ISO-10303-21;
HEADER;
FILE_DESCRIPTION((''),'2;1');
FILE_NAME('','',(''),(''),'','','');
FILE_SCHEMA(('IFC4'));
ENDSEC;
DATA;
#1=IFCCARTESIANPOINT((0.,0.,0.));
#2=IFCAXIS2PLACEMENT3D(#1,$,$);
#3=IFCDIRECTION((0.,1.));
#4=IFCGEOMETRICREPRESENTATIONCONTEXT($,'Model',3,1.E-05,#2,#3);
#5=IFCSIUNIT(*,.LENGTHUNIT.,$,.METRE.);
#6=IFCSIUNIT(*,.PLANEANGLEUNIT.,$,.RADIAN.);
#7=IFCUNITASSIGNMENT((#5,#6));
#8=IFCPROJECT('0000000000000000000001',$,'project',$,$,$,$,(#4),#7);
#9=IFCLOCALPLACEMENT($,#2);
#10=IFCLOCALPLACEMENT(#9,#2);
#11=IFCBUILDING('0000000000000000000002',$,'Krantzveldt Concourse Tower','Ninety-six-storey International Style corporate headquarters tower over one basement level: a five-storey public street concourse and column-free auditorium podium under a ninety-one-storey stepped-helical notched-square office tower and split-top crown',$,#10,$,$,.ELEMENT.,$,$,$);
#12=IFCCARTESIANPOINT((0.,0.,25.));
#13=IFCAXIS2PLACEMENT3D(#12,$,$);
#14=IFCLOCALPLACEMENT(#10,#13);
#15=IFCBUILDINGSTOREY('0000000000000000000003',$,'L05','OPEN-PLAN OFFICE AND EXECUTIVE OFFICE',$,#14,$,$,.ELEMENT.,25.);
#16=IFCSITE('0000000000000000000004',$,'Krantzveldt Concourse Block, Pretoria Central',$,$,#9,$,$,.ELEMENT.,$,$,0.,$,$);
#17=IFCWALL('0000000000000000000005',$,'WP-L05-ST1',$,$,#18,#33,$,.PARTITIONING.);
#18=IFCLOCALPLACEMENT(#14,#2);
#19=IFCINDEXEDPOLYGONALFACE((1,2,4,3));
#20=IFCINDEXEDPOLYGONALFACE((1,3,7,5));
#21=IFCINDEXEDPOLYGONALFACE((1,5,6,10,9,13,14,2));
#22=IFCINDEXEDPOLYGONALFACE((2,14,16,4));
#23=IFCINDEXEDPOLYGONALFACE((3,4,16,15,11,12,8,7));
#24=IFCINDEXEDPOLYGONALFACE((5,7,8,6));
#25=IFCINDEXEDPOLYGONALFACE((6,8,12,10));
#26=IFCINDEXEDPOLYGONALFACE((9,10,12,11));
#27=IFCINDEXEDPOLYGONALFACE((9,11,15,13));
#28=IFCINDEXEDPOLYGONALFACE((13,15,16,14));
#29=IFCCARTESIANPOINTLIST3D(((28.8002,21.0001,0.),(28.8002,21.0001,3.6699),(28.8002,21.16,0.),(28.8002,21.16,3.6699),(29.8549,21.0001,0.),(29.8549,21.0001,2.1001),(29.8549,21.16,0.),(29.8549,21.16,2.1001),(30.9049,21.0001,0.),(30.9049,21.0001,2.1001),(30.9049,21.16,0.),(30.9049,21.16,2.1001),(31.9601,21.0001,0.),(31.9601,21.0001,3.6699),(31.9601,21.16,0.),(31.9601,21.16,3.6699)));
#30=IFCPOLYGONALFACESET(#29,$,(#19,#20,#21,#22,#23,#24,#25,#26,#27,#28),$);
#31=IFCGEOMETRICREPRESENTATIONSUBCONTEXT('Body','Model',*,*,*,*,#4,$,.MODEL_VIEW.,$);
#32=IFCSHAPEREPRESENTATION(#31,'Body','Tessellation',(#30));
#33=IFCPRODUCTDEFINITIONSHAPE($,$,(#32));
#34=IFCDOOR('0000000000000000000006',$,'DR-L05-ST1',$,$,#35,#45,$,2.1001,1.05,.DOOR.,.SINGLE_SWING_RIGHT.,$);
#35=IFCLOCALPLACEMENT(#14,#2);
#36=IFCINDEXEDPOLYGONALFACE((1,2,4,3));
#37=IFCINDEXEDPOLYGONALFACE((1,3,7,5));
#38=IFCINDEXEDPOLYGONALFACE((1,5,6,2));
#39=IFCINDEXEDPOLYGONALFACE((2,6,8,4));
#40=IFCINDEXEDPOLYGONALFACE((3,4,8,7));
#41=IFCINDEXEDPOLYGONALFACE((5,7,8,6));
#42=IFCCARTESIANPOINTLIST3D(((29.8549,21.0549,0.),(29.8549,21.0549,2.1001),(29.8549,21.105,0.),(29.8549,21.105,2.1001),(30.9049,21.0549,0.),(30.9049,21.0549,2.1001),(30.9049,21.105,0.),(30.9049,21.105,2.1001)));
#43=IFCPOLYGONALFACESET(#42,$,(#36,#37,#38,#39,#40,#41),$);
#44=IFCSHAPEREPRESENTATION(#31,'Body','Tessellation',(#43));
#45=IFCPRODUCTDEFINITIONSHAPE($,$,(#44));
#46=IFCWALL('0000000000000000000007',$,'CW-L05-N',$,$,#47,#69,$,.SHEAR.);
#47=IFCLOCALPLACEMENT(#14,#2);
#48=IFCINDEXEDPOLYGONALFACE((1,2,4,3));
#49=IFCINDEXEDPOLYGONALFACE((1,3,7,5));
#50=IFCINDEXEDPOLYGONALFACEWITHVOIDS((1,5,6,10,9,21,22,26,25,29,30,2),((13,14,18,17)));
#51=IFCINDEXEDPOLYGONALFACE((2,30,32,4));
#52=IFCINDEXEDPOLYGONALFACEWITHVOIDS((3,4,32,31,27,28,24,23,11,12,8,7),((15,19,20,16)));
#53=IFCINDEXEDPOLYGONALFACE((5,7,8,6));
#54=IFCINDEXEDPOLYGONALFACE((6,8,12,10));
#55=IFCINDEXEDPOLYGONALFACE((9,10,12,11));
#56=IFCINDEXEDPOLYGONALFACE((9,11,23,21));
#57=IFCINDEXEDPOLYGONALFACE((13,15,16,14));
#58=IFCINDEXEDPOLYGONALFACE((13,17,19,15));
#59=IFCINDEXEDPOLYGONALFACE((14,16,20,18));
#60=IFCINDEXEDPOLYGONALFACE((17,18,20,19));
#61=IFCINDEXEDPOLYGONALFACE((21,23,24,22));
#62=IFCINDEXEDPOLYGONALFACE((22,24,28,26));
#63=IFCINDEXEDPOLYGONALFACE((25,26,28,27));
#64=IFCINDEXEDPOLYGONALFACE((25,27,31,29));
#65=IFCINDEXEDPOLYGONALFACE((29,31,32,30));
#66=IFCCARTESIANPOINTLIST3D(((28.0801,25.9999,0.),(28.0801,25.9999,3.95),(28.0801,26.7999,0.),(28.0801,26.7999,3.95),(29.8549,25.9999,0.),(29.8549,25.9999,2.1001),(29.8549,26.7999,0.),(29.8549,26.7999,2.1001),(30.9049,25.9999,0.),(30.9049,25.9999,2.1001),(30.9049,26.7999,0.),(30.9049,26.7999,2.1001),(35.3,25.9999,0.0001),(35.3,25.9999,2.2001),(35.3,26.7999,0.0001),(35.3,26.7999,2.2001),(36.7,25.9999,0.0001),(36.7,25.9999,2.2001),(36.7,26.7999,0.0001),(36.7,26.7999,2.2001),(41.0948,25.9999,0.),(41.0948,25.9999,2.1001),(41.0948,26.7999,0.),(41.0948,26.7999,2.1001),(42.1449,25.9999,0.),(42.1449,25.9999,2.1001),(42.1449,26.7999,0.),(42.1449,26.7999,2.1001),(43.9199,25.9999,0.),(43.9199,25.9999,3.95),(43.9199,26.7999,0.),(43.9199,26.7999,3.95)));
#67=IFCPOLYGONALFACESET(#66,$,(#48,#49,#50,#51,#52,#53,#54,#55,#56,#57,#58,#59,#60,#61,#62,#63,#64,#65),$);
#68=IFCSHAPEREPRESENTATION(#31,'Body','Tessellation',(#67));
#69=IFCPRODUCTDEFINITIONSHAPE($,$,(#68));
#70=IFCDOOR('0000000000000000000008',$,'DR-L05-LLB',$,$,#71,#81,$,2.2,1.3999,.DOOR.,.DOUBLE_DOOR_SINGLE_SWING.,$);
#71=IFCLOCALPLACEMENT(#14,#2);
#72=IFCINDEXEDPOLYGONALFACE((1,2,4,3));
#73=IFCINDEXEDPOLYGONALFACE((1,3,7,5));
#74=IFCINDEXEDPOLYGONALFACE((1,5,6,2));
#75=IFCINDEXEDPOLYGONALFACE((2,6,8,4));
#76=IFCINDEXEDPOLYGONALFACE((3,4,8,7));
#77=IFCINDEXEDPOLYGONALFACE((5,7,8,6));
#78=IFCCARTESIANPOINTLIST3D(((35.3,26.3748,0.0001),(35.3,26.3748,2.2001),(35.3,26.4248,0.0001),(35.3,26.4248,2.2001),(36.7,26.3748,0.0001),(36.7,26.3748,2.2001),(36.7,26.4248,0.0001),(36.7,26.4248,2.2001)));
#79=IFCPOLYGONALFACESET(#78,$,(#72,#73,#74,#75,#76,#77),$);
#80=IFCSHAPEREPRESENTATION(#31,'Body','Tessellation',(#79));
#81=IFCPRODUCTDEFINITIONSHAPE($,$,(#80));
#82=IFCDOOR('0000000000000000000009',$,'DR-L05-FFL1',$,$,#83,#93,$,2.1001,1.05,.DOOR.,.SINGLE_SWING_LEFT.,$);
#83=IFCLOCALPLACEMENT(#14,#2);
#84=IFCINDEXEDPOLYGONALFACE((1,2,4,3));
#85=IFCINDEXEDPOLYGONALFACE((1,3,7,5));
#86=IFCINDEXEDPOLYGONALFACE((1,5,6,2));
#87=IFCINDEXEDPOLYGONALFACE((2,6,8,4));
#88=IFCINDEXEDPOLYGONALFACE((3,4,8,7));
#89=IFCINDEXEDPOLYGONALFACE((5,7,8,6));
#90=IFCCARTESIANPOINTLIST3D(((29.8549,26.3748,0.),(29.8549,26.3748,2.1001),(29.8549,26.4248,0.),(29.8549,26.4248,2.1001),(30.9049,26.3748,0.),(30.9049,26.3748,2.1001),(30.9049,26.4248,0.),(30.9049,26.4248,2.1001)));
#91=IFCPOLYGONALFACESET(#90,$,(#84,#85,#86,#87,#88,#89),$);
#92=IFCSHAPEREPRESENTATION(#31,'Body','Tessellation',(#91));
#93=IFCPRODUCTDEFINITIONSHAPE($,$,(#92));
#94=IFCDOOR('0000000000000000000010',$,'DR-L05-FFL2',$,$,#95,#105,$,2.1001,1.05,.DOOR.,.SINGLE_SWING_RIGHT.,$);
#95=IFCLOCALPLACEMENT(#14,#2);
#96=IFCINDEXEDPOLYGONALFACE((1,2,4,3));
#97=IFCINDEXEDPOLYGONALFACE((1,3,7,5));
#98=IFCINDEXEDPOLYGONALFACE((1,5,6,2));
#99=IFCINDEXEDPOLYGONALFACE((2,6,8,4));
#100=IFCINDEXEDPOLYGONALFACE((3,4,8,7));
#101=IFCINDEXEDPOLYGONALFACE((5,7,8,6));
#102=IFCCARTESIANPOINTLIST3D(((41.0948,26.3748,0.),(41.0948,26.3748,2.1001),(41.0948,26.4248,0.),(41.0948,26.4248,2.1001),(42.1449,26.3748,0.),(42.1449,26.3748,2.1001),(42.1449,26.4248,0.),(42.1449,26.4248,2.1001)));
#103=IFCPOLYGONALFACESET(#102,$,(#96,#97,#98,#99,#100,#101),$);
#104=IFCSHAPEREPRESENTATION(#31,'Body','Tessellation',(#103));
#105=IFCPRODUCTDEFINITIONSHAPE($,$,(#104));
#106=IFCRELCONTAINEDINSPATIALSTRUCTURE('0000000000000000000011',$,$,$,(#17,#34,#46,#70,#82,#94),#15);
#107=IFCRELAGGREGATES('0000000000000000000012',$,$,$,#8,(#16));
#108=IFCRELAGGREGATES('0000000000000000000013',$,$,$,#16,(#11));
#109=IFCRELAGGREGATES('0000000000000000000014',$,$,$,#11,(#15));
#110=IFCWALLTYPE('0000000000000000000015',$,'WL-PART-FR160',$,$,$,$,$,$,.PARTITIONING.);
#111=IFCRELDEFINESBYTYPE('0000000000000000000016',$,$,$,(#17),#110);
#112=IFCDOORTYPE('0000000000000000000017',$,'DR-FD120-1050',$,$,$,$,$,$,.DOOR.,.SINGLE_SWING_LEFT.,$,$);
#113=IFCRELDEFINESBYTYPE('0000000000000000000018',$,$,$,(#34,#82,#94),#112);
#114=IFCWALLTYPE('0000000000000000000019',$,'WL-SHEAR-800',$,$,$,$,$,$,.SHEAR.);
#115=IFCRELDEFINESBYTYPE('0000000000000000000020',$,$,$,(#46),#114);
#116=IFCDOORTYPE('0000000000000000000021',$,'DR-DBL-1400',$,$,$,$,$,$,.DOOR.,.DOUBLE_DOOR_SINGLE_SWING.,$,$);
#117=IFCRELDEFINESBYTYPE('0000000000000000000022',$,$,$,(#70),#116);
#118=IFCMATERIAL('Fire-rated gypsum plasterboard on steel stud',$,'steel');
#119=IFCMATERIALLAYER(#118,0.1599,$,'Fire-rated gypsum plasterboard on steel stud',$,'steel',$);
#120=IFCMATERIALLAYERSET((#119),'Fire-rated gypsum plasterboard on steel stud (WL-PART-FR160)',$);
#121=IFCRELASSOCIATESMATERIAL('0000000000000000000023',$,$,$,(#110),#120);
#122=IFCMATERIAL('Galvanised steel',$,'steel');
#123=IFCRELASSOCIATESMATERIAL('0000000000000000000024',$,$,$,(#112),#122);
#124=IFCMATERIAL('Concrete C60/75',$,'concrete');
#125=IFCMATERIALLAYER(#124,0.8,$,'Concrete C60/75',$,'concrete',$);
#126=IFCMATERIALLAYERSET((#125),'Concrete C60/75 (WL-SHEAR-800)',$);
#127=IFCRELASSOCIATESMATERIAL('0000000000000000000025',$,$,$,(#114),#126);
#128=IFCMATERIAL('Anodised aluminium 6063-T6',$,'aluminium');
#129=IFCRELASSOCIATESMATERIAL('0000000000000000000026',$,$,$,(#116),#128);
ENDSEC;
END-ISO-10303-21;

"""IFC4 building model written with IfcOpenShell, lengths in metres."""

from ifc_helpers import new_model, si_unit, direction, frame, frame_2d, origin, place, context, subcontext, project, spatial, rectangle, extrude, material, layer, layer_set, type_object, element, fill, save


model = new_model("IFC4")

# Units and contexts
model_context = context("Model", 3, precision=1e-05, world=origin(), true_north=direction((0.0, 1.0)))
body_context = subcontext(model_context, "Body", "Model", "MODEL_VIEW")
ifc_project = project(units=[si_unit("LENGTHUNIT", "METRE"), si_unit("PLANEANGLEUNIT", "RADIAN")], contexts=[model_context])

# Site, building, storey
site_placement = place(None, origin())
site = spatial("IfcSite", under=ifc_project, at=site_placement, Name="Krantzveldt Concourse Block, Pretoria Central", CompositionType="ELEMENT", RefElevation=0.0)
building_placement = place(site_placement, origin())
building = spatial("IfcBuilding", under=site, at=building_placement, Name="Krantzveldt Concourse Tower", Description="Ninety-six-storey International Style corporate headquarters tower over one basement level: a five-storey public street concourse and column-free auditorium podium under a ninety-one-storey stepped-helical notched-square office tower and split-top crown", CompositionType="ELEMENT")
storey_placement = place(building_placement, frame((0.0, 0.0, 25.0)))
storey = spatial("IfcBuildingStorey", under=building, at=storey_placement, Name="L05", Description="OPEN-PLAN OFFICE AND EXECUTIVE OFFICE", CompositionType="ELEMENT", Elevation=25.0)

# Shared definitions
ifc_material_1 = material(Name="Fire-rated gypsum plasterboard on steel stud", Category="steel")

# Wall, opening, door
ifc_layer_1 = layer(ifc_material_1, 0.1599, Name="Fire-rated gypsum plasterboard on steel stud", Category="steel")
ifc_layer_set_1 = layer_set([ifc_layer_1], Name="Fire-rated gypsum plasterboard on steel stud (WL-PART-FR160)")
wall_type_1 = type_object("IfcWallType", Name="WL-PART-FR160", PredefinedType="PARTITIONING", material=ifc_layer_set_1)
wall_1_placement = place(storey_placement, frame((28.8, 21.0801, 0.0), z_axis=(0.0, 0.0, 1.0), x_axis=(1.0, 0.0, 0.0)))
wall_1 = element("IfcWall", 1, at=wall_1_placement, inside=storey, type_object=wall_type_1, Name="WP-L05-ST1", PredefinedType="PARTITIONING", context=body_context, shape_type="SweptSolid", body=[
    extrude(rectangle(XDim=3.1599, YDim=0.1599, at=frame_2d((1.5801, 0.0))), origin(), (0.0, 0.0, 1.0), 3.6699),
])
opening_1_placement = place(wall_1_placement, frame((1.0549, 0.0, 0.0)))
opening_1 = element("IfcOpeningElement", 2, at=opening_1_placement, cuts=wall_1, PredefinedType="OPENING", context=body_context, shape_type="SweptSolid", body=[
    extrude(rectangle(XDim=1.05, YDim=2.1001, at=frame_2d((0.5249, 1.05))), frame((0.0, 0.0898, 0.0), z_axis=(0.0, -1.0, 0.0), x_axis=(1.0, 0.0, 0.0)), (0.0, 0.0, 1.0), 0.1799),
])
ifc_material_2 = material(Name="Galvanised steel", Category="steel")
door_type_1 = type_object("IfcDoorType", Name="DR-FD120-1050", OperationType="SINGLE_SWING_LEFT", PredefinedType="DOOR", material=ifc_material_2)
door_1_placement = place(opening_1_placement, origin())
door_1 = element("IfcDoor", 3, at=door_1_placement, inside=storey, type_object=door_type_1, Name="DR-L05-ST1", OperationType="SINGLE_SWING_RIGHT", OverallHeight=2.1001, OverallWidth=1.05, PredefinedType="DOOR", context=body_context, shape_type="SweptSolid", body=[
    extrude(rectangle(XDim=1.05, YDim=2.1001, at=frame_2d((0.5249, 1.05))), frame((0.0, 0.0249, 0.0), z_axis=(0.0, -1.0, 0.0), x_axis=(1.0, 0.0, 0.0)), (0.0, 0.0, 1.0), 0.05),
])
fill(opening_1, door_1)

# Wall, openings, doors
ifc_material_3 = material(Name="Concrete C60/75", Category="concrete")
ifc_layer_2 = layer(ifc_material_3, 0.8, Name="Concrete C60/75", Category="concrete")
ifc_layer_set_2 = layer_set([ifc_layer_2], Name="Concrete C60/75 (WL-SHEAR-800)")
wall_type_2 = type_object("IfcWallType", Name="WL-SHEAR-800", PredefinedType="SHEAR", material=ifc_layer_set_2)
wall_2_placement = place(storey_placement, frame((28.0801, 26.3999, 0.0), z_axis=(0.0, 0.0, 1.0), x_axis=(1.0, 0.0, 0.0)))
wall_2 = element("IfcWall", 4, at=wall_2_placement, inside=storey, type_object=wall_type_2, Name="CW-L05-N", PredefinedType="SHEAR", context=body_context, shape_type="SweptSolid", body=[
    extrude(rectangle(XDim=15.8398, YDim=0.8, at=frame_2d((7.9199, 0.0))), origin(), (0.0, 0.0, 1.0), 3.95),
])
opening_2_placement = place(wall_2_placement, frame((7.22, 0.0, 0.0)))
opening_2 = element("IfcOpeningElement", 5, at=opening_2_placement, cuts=wall_2, PredefinedType="OPENING", context=body_context, shape_type="SweptSolid", body=[
    extrude(rectangle(XDim=1.3999, YDim=2.2, at=frame_2d((0.7, 1.1001))), frame((0.0, 0.4102, 0.0), z_axis=(0.0, -1.0, 0.0), x_axis=(1.0, 0.0, 0.0)), (0.0, 0.0, 1.0), 0.8201),
])
opening_3_placement = place(wall_2_placement, frame((1.7749, 0.0, 0.0)))
opening_3 = element("IfcOpeningElement", 6, at=opening_3_placement, cuts=wall_2, PredefinedType="OPENING", context=body_context, shape_type="SweptSolid", body=[
    extrude(rectangle(XDim=1.05, YDim=2.1001, at=frame_2d((0.5249, 1.05))), frame((0.0, 0.4102, 0.0), z_axis=(0.0, -1.0, 0.0), x_axis=(1.0, 0.0, 0.0)), (0.0, 0.0, 1.0), 0.8201),
])
opening_4_placement = place(wall_2_placement, frame((13.0149, 0.0, 0.0)))
opening_4 = element("IfcOpeningElement", 7, at=opening_4_placement, cuts=wall_2, PredefinedType="OPENING", context=body_context, shape_type="SweptSolid", body=[
    extrude(rectangle(XDim=1.05, YDim=2.1001, at=frame_2d((0.5249, 1.05))), frame((0.0, 0.4102, 0.0), z_axis=(0.0, -1.0, 0.0), x_axis=(1.0, 0.0, 0.0)), (0.0, 0.0, 1.0), 0.8201),
])
ifc_material_4 = material(Name="Anodised aluminium 6063-T6", Category="aluminium")
door_type_2 = type_object("IfcDoorType", Name="DR-DBL-1400", OperationType="DOUBLE_DOOR_SINGLE_SWING", PredefinedType="DOOR", material=ifc_material_4)
door_2_placement = place(opening_2_placement, origin())
door_2 = element("IfcDoor", 8, at=door_2_placement, inside=storey, type_object=door_type_2, Name="DR-L05-LLB", OperationType="DOUBLE_DOOR_SINGLE_SWING", OverallHeight=2.2, OverallWidth=1.3999, PredefinedType="DOOR", context=body_context, shape_type="SweptSolid", body=[
    extrude(rectangle(XDim=1.3999, YDim=2.2, at=frame_2d((0.7, 1.1001))), frame((0.0, 0.0249, 0.0), z_axis=(0.0, -1.0, 0.0), x_axis=(1.0, 0.0, 0.0)), (0.0, 0.0, 1.0), 0.05),
])
fill(opening_2, door_2)
door_3_placement = place(opening_3_placement, origin())
door_3 = element("IfcDoor", 9, at=door_3_placement, inside=storey, type_object=door_type_1, Name="DR-L05-FFL1", OperationType="SINGLE_SWING_LEFT", OverallHeight=2.1001, OverallWidth=1.05, PredefinedType="DOOR", context=body_context, shape_type="SweptSolid", body=[
    extrude(rectangle(XDim=1.05, YDim=2.1001, at=frame_2d((0.5249, 1.05))), frame((0.0, 0.0249, 0.0), z_axis=(0.0, -1.0, 0.0), x_axis=(1.0, 0.0, 0.0)), (0.0, 0.0, 1.0), 0.05),
])
fill(opening_3, door_3)
door_4_placement = place(opening_4_placement, origin())
door_4 = element("IfcDoor", 10, at=door_4_placement, inside=storey, type_object=door_type_1, Name="DR-L05-FFL2", OperationType="SINGLE_SWING_RIGHT", OverallHeight=2.1001, OverallWidth=1.05, PredefinedType="DOOR", context=body_context, shape_type="SweptSolid", body=[
    extrude(rectangle(XDim=1.05, YDim=2.1001, at=frame_2d((0.5249, 1.05))), frame((0.0, 0.0249, 0.0), z_axis=(0.0, -1.0, 0.0), x_axis=(1.0, 0.0, 0.0)), (0.0, 0.0, 1.0), 0.05),
])
fill(opening_4, door_4)

save(model, "model.ifc")
